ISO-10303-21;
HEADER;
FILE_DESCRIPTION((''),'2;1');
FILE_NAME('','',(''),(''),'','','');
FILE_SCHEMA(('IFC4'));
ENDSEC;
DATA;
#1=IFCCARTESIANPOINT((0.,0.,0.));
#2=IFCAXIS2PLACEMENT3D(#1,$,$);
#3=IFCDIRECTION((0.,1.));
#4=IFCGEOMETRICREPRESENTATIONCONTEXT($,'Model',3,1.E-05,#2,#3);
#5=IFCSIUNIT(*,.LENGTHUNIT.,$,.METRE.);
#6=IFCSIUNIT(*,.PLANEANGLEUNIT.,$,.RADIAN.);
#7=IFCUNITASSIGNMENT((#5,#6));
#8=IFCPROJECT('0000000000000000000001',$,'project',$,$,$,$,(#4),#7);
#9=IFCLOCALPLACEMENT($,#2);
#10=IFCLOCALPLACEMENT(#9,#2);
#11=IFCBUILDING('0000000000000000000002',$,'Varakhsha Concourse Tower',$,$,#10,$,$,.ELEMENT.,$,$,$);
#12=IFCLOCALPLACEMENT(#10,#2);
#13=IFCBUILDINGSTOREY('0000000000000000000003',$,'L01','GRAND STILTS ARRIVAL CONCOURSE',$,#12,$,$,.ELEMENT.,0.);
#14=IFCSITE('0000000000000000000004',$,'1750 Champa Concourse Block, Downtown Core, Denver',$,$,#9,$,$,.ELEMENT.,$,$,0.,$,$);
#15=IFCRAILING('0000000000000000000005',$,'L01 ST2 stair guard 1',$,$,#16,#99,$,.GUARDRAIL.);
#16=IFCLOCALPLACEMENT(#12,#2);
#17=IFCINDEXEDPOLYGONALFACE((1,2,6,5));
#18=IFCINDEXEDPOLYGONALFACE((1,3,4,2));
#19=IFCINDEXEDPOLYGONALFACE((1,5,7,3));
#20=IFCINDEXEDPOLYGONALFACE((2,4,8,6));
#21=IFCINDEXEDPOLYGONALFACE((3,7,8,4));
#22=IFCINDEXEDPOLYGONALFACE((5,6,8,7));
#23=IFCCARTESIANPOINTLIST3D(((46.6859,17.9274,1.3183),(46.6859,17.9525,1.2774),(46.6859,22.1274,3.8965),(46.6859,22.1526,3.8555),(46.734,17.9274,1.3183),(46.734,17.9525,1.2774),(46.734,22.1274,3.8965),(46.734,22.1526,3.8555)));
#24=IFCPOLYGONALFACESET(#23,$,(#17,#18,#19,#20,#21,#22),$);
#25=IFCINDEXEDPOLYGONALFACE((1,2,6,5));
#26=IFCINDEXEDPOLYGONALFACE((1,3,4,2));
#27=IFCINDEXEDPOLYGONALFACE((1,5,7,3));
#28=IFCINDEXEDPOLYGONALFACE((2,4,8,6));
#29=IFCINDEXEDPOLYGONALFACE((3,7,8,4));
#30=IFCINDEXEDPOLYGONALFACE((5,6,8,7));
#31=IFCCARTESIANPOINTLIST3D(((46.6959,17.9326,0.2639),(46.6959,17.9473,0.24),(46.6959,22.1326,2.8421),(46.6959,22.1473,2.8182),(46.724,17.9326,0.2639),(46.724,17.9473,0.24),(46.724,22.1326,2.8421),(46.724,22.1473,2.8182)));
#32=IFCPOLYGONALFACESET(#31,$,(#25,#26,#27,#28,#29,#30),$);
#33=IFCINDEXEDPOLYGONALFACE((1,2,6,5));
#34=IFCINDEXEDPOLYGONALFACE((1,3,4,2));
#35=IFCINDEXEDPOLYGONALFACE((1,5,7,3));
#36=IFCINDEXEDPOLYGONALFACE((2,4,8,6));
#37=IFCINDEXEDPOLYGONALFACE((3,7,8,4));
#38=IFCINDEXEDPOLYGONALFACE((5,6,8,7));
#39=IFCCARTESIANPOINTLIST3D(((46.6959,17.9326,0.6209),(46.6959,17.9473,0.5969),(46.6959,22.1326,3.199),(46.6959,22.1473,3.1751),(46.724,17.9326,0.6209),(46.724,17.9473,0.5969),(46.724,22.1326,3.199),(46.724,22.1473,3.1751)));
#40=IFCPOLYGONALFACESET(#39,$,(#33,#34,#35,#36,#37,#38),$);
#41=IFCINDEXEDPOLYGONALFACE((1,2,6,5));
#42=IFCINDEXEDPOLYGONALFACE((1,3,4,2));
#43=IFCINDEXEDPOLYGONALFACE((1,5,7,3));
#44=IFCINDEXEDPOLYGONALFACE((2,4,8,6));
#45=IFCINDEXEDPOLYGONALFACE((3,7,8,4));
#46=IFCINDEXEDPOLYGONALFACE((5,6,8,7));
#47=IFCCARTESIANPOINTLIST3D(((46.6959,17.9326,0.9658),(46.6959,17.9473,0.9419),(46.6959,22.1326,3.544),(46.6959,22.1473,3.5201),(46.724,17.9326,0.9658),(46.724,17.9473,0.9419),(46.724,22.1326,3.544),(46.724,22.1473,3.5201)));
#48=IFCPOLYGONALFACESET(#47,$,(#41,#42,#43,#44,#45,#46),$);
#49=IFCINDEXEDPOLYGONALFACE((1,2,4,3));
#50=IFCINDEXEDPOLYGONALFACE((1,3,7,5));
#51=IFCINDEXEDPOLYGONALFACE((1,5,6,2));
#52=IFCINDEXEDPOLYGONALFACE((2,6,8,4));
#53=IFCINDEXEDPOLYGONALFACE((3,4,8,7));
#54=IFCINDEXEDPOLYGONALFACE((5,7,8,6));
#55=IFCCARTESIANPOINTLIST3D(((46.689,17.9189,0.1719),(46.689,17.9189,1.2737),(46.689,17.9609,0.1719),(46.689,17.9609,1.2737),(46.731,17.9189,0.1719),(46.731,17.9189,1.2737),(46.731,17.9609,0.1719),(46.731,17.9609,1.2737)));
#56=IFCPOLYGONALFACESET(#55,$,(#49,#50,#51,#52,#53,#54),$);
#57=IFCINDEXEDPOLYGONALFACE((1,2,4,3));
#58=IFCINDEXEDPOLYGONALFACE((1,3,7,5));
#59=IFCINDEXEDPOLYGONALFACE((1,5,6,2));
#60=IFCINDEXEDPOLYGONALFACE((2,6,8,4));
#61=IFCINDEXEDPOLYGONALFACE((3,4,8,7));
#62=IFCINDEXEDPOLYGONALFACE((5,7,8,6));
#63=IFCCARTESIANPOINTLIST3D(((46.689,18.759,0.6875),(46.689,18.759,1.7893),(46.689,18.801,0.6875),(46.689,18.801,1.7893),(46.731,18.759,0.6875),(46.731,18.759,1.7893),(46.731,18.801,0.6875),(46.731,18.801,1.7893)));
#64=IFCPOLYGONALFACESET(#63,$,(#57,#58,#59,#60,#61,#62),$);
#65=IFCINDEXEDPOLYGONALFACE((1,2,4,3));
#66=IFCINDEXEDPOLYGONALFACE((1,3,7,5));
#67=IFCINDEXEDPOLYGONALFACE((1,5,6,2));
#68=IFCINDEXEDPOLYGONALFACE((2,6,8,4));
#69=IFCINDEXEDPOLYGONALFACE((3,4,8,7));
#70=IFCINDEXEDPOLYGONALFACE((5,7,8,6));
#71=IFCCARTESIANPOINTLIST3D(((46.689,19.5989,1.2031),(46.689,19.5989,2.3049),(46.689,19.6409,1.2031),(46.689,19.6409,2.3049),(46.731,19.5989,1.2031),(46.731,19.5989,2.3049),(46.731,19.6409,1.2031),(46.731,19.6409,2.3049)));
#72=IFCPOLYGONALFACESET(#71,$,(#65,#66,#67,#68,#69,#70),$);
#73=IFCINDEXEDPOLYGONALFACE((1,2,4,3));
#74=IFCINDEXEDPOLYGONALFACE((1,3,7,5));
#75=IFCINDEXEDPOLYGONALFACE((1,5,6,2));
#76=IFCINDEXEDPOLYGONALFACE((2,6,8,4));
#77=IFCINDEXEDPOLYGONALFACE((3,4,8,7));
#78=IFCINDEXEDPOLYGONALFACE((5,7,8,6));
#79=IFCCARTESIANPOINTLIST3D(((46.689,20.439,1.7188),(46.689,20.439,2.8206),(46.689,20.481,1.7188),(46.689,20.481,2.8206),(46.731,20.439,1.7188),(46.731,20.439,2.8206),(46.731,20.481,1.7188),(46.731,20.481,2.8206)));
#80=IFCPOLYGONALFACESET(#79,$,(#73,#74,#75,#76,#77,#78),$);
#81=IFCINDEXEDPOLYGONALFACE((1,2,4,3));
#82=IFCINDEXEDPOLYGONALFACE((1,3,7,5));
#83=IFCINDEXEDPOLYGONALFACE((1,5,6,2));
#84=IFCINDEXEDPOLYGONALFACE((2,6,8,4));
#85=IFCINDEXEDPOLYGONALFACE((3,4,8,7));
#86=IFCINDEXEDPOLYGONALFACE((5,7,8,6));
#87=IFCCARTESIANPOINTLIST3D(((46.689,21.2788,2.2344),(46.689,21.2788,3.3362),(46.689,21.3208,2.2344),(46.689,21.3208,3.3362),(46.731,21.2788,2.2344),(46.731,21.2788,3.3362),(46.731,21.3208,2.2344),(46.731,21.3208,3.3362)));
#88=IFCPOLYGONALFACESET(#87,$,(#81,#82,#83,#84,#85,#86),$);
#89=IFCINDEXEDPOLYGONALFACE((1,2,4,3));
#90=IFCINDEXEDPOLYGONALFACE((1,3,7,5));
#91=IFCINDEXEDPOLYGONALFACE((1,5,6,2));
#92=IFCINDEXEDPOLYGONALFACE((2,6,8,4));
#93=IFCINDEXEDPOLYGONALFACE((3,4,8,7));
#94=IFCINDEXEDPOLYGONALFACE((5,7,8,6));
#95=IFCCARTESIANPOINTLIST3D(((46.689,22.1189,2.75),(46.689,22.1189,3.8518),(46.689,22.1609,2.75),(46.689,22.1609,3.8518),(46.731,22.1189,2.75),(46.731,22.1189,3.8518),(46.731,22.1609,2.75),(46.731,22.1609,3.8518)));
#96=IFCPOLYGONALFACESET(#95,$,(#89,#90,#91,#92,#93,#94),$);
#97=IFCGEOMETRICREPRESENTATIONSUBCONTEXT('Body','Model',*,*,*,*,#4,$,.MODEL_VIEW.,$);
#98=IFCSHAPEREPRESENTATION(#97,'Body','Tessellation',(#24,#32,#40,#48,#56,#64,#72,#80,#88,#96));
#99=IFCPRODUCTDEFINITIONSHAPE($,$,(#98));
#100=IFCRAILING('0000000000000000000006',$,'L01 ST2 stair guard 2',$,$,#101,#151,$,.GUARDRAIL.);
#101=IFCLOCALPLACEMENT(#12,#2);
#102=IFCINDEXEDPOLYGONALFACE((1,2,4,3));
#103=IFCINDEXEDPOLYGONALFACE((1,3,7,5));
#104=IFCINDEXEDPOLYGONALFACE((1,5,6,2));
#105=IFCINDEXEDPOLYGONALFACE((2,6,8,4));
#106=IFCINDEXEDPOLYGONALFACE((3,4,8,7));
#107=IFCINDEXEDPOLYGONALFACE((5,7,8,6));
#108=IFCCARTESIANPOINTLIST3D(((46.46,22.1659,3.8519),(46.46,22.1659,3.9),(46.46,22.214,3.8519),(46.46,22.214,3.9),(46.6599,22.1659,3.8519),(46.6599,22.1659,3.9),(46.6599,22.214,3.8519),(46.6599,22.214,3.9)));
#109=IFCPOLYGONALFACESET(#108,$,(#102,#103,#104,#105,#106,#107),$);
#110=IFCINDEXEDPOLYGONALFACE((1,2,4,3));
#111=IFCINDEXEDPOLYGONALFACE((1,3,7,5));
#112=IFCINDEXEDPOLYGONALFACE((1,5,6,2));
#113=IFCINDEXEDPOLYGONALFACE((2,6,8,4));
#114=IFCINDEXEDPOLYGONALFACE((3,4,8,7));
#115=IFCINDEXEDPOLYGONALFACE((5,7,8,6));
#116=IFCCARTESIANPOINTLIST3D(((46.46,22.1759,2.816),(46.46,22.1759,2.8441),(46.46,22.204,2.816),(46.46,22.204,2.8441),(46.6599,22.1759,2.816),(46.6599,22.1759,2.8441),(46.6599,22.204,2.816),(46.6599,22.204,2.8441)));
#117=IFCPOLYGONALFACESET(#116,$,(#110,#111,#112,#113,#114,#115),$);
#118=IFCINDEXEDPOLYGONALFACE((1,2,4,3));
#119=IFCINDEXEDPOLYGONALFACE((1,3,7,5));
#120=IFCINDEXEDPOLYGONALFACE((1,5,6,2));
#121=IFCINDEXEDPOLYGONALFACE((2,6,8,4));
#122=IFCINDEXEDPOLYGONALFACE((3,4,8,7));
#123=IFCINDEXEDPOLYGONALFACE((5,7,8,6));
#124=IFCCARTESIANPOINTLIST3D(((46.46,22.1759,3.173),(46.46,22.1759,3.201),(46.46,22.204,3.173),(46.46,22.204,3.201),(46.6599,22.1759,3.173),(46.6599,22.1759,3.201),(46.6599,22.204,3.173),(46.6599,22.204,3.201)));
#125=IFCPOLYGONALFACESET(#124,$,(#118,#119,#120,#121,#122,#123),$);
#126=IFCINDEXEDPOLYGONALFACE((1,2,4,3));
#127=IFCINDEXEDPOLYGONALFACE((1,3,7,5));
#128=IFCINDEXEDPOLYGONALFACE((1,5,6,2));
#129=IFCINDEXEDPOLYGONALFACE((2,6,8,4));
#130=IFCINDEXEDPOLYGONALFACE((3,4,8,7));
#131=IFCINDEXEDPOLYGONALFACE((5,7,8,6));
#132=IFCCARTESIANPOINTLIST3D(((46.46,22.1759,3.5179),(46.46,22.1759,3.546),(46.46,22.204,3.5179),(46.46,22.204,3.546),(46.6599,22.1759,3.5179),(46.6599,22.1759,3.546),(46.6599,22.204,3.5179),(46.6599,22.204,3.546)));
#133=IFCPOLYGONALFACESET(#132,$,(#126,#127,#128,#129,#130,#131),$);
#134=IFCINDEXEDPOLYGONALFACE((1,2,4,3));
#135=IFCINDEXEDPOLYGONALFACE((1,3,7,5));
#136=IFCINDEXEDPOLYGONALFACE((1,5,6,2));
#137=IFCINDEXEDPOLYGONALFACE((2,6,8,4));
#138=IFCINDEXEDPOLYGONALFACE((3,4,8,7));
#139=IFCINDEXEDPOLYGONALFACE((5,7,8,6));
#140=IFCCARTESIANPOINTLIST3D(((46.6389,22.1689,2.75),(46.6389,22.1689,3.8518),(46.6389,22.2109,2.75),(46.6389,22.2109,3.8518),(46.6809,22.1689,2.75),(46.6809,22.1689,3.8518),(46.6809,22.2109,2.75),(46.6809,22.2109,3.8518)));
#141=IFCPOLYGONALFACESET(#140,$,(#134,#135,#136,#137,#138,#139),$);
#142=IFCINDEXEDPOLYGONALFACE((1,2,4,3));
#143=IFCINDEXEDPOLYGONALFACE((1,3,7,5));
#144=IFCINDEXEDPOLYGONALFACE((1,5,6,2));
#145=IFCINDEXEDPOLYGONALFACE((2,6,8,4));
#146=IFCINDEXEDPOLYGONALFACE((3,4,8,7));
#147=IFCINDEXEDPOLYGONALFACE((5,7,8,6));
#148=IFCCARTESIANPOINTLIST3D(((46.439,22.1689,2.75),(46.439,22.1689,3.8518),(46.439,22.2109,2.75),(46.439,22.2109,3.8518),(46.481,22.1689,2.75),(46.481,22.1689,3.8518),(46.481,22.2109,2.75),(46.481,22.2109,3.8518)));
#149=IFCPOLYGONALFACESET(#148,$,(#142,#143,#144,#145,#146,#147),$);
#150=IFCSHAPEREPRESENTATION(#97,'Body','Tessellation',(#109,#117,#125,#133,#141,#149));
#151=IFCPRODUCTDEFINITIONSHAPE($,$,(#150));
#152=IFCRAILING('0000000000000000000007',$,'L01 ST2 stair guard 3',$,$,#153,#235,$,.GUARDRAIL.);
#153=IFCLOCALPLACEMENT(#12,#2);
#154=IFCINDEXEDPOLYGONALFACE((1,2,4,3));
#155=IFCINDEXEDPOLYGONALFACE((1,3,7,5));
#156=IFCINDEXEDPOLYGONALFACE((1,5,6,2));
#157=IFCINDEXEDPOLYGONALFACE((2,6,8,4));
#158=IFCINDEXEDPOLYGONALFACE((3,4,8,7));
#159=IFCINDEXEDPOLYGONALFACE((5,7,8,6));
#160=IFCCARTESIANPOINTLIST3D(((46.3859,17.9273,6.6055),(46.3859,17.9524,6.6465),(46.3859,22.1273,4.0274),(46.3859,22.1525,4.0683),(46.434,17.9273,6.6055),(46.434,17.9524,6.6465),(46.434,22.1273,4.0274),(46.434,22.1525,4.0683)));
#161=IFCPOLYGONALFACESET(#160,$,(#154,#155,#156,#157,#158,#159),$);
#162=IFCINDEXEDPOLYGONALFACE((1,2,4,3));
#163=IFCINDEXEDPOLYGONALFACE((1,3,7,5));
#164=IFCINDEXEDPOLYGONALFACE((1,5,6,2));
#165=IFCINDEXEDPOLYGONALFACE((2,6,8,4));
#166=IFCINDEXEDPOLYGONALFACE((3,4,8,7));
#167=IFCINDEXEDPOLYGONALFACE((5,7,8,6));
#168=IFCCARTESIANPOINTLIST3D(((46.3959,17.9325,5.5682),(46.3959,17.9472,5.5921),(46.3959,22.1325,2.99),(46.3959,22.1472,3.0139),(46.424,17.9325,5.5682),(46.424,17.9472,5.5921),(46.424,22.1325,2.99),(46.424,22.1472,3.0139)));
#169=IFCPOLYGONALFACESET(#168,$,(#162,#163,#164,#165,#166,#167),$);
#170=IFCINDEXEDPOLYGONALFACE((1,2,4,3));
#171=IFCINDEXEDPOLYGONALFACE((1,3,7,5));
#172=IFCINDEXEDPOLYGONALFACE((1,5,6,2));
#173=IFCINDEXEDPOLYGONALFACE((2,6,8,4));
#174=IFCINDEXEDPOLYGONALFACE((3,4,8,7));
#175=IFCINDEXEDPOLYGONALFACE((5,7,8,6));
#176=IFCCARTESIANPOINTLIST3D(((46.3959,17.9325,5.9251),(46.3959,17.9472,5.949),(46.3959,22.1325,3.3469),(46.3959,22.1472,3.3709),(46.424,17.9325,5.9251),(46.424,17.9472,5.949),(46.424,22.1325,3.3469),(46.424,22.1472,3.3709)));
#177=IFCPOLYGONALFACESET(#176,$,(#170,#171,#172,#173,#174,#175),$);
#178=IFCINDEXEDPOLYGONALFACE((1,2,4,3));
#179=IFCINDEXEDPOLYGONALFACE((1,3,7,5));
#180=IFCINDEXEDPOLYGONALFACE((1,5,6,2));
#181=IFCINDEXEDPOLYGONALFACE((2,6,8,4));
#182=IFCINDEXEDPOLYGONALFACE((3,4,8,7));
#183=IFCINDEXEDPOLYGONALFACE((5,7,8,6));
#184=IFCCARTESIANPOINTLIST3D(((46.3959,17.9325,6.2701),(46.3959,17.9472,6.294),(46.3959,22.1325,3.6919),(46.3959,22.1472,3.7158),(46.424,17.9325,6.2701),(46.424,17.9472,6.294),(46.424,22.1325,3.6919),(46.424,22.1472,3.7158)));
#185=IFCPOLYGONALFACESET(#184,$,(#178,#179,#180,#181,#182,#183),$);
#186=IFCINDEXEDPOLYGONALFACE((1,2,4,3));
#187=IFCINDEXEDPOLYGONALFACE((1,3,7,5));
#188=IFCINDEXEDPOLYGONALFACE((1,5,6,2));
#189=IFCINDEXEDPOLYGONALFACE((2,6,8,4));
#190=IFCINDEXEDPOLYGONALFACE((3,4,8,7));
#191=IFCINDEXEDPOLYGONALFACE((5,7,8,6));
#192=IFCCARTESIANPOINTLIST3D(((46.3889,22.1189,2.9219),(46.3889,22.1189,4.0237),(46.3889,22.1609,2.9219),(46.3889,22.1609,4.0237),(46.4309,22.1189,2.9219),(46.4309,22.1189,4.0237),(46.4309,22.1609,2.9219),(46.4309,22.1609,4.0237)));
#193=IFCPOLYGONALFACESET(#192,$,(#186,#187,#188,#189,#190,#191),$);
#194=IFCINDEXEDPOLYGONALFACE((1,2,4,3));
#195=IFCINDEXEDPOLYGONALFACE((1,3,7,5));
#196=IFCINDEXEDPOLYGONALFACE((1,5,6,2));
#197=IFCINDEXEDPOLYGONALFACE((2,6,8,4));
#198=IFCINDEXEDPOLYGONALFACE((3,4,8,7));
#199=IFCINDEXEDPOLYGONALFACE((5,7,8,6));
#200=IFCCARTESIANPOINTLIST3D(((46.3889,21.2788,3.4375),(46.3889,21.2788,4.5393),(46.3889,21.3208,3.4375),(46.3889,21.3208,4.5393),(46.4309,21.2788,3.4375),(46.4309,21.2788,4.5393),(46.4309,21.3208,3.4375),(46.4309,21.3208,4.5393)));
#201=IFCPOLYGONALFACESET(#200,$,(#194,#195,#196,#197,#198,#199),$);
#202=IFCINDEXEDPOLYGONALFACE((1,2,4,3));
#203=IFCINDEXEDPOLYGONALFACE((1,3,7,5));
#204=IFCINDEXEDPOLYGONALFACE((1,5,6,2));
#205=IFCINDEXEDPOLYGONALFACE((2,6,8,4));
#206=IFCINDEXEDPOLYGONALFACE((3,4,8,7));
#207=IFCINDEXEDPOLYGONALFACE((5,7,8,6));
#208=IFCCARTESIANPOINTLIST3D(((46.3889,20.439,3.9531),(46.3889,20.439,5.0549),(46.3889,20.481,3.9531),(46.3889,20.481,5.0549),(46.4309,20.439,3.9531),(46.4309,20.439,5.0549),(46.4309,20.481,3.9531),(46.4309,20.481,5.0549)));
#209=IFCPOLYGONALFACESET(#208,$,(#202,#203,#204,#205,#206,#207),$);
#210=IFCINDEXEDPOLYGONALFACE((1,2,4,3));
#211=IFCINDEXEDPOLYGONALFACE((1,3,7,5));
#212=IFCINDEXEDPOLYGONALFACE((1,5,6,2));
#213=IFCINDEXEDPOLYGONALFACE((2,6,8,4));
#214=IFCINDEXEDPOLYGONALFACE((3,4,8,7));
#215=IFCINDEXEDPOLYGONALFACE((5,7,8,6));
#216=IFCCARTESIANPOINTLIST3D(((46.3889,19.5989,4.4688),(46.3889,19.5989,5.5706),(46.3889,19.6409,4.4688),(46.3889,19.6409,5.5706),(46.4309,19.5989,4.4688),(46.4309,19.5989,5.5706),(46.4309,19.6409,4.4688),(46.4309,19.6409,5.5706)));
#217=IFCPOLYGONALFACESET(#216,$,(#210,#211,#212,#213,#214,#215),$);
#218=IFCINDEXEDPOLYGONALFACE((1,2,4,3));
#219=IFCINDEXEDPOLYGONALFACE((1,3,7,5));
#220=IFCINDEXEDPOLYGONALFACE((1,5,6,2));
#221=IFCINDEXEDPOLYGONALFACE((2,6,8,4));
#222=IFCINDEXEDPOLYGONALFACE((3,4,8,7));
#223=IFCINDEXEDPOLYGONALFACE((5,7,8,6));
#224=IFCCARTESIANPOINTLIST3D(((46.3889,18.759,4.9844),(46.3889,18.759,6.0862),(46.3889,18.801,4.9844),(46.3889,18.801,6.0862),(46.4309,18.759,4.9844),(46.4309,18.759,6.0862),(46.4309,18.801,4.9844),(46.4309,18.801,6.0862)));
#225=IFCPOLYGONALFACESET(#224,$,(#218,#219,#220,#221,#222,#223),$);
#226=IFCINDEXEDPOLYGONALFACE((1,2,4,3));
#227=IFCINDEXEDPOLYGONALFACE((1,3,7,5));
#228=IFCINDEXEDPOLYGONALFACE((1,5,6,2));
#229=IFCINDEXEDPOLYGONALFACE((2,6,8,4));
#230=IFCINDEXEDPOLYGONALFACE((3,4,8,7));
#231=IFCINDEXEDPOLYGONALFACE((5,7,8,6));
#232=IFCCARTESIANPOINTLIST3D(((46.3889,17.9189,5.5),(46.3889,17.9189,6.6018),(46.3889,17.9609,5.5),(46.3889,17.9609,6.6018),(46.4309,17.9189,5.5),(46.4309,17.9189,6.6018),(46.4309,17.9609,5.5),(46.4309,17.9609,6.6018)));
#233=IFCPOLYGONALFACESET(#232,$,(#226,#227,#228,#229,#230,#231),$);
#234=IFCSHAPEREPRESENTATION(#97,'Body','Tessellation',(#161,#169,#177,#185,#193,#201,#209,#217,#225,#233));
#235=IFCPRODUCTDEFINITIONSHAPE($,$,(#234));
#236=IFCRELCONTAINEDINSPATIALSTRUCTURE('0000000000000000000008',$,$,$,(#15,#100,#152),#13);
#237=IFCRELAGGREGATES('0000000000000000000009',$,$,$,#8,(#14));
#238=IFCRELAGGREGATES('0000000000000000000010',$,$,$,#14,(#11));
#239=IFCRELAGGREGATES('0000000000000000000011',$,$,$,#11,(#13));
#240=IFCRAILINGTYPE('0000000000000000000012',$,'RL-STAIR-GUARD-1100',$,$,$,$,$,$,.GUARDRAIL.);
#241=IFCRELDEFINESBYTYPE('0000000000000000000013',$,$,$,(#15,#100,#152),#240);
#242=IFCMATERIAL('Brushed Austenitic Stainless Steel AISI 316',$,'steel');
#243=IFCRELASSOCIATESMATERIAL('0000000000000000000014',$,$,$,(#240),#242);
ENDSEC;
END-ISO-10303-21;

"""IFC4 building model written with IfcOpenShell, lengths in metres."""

from ifc_helpers import new_model, si_unit, direction, frame, origin, origin_2d, place, context, subcontext, project, spatial, rectangle, extrude, material, type_object, element, save


model = new_model("IFC4")

# Units and contexts
model_context = context("Model", 3, precision=1e-05, world=origin(), true_north=direction((0.0, 1.0)))
body_context = subcontext(model_context, "Body", "Model", "MODEL_VIEW")
ifc_project = project(units=[si_unit("LENGTHUNIT", "METRE"), si_unit("PLANEANGLEUNIT", "RADIAN")], contexts=[model_context])

# Site, building, storey
site_placement = place(None, origin())
site = spatial("IfcSite", under=ifc_project, at=site_placement, Name="1750 Champa Concourse Block, Downtown Core, Denver", CompositionType="ELEMENT", RefElevation=0.0)
building_placement = place(site_placement, origin())
building = spatial("IfcBuilding", under=site, at=building_placement, Name="Varakhsha Concourse Tower", CompositionType="ELEMENT")
storey_placement = place(building_placement, origin())
storey = spatial("IfcBuildingStorey", under=building, at=storey_placement, Name="L01", Description="GRAND STILTS ARRIVAL CONCOURSE", CompositionType="ELEMENT", Elevation=0.0)

# Railings
ifc_material_1 = material(Name="Brushed Austenitic Stainless Steel AISI 316", Category="steel")
railing_type_1 = type_object("IfcRailingType", Name="RL-STAIR-GUARD-1100", PredefinedType="GUARDRAIL", material=ifc_material_1)
railing_1_placement = place(storey_placement, frame((46.71, 17.9399, 0.1719)))
element("IfcRailing", 1, at=railing_1_placement, inside=storey, type_object=railing_type_1, Name="L01 ST2 stair guard 1", PredefinedType="GUARDRAIL", context=body_context, shape_type="SweptSolid", body=[
    extrude(rectangle(XDim=0.0481, YDim=0.0481, at=origin_2d()), frame((0.0, 0.0, 1.126), z_axis=(0.0, 0.852243, 0.523146), x_axis=(-1.0, 0.0, 0.0)), (0.0, 0.0, 1.0), 4.9282),
    extrude(rectangle(XDim=0.0281, YDim=0.0281, at=origin_2d()), frame((0.0, 0.0, 0.0801), z_axis=(0.0, 0.852243, 0.523146), x_axis=(-1.0, 0.0, 0.0)), (0.0, 0.0, 1.0), 4.9282),
    extrude(rectangle(XDim=0.0281, YDim=0.0281, at=origin_2d()), frame((0.0, 0.0, 0.437), z_axis=(0.0, 0.852243, 0.523146), x_axis=(-1.0, 0.0, 0.0)), (0.0, 0.0, 1.0), 4.9282),
    extrude(rectangle(XDim=0.0281, YDim=0.0281, at=origin_2d()), frame((0.0, 0.0, 0.782), z_axis=(0.0, 0.852243, 0.523146), x_axis=(-1.0, 0.0, 0.0)), (0.0, 0.0, 1.0), 4.9282),
    extrude(rectangle(XDim=0.042, YDim=0.042, at=origin_2d()), origin(), (0.0, 0.0, 1.0), 1.1018),
    extrude(rectangle(XDim=0.042, YDim=0.042, at=origin_2d()), frame((0.0, 0.8401, 0.5156)), (0.0, 0.0, 1.0), 1.1018),
    extrude(rectangle(XDim=0.042, YDim=0.042, at=origin_2d()), frame((0.0, 1.6799, 1.0312)), (0.0, 0.0, 1.0), 1.1018),
    extrude(rectangle(XDim=0.042, YDim=0.042, at=origin_2d()), frame((0.0, 2.52, 1.5469)), (0.0, 0.0, 1.0), 1.1018),
    extrude(rectangle(XDim=0.042, YDim=0.042, at=origin_2d()), frame((0.0, 3.3599, 2.0625)), (0.0, 0.0, 1.0), 1.1018),
    extrude(rectangle(XDim=0.042, YDim=0.042, at=origin_2d()), frame((0.0, 4.2, 2.5781)), (0.0, 0.0, 1.0), 1.1018),
])
railing_2_placement = place(storey_placement, frame((46.6599, 22.1899, 2.75)))
element("IfcRailing", 2, at=railing_2_placement, inside=storey, type_object=railing_type_1, Name="L01 ST2 stair guard 2", PredefinedType="GUARDRAIL", context=body_context, shape_type="SweptSolid", body=[
    extrude(rectangle(XDim=0.0481, YDim=0.0481, at=origin_2d()), frame((0.0, 0.0, 1.126), z_axis=(-1.0, 0.0, 0.0), x_axis=(0.0, -1.0, 0.0)), (0.0, 0.0, 1.0), 0.2),
    extrude(rectangle(XDim=0.0281, YDim=0.0281, at=origin_2d()), frame((0.0, 0.0, 0.0801), z_axis=(-1.0, 0.0, 0.0), x_axis=(0.0, -1.0, 0.0)), (0.0, 0.0, 1.0), 0.2),
    extrude(rectangle(XDim=0.0281, YDim=0.0281, at=origin_2d()), frame((0.0, 0.0, 0.437), z_axis=(-1.0, 0.0, 0.0), x_axis=(0.0, -1.0, 0.0)), (0.0, 0.0, 1.0), 0.2),
    extrude(rectangle(XDim=0.0281, YDim=0.0281, at=origin_2d()), frame((0.0, 0.0, 0.782), z_axis=(-1.0, 0.0, 0.0), x_axis=(0.0, -1.0, 0.0)), (0.0, 0.0, 1.0), 0.2),
    extrude(rectangle(XDim=0.042, YDim=0.042, at=origin_2d()), origin(), (0.0, 0.0, 1.0), 1.1018),
    extrude(rectangle(XDim=0.042, YDim=0.042, at=origin_2d()), frame((-0.2, 0.0, 0.0)), (0.0, 0.0, 1.0), 1.1018),
])
railing_3_placement = place(storey_placement, frame((46.4099, 22.1399, 2.9219)))
element("IfcRailing", 3, at=railing_3_placement, inside=storey, type_object=railing_type_1, Name="L01 ST2 stair guard 3", PredefinedType="GUARDRAIL", context=body_context, shape_type="SweptSolid", body=[
    extrude(rectangle(XDim=0.0481, YDim=0.0481, at=origin_2d()), frame((0.0, 0.0, 1.126), z_axis=(0.0, -0.852243, 0.523146), x_axis=(1.0, 0.0, 0.0)), (0.0, 0.0, 1.0), 4.9282),
    extrude(rectangle(XDim=0.0281, YDim=0.0281, at=origin_2d()), frame((0.0, 0.0, 0.0801), z_axis=(0.0, -0.852243, 0.523146), x_axis=(1.0, 0.0, 0.0)), (0.0, 0.0, 1.0), 4.9282),
    extrude(rectangle(XDim=0.0281, YDim=0.0281, at=origin_2d()), frame((0.0, 0.0, 0.437), z_axis=(0.0, -0.852243, 0.523146), x_axis=(1.0, 0.0, 0.0)), (0.0, 0.0, 1.0), 4.9282),
    extrude(rectangle(XDim=0.0281, YDim=0.0281, at=origin_2d()), frame((0.0, 0.0, 0.782), z_axis=(0.0, -0.852243, 0.523146), x_axis=(1.0, 0.0, 0.0)), (0.0, 0.0, 1.0), 4.9282),
    extrude(rectangle(XDim=0.042, YDim=0.042, at=origin_2d()), origin(), (0.0, 0.0, 1.0), 1.1018),
    extrude(rectangle(XDim=0.042, YDim=0.042, at=origin_2d()), frame((0.0, -0.8401, 0.5156)), (0.0, 0.0, 1.0), 1.1018),
    extrude(rectangle(XDim=0.042, YDim=0.042, at=origin_2d()), frame((0.0, -1.6799, 1.0312)), (0.0, 0.0, 1.0), 1.1018),
    extrude(rectangle(XDim=0.042, YDim=0.042, at=origin_2d()), frame((0.0, -2.52, 1.5469)), (0.0, 0.0, 1.0), 1.1018),
    extrude(rectangle(XDim=0.042, YDim=0.042, at=origin_2d()), frame((0.0, -3.3599, 2.0625)), (0.0, 0.0, 1.0), 1.1018),
    extrude(rectangle(XDim=0.042, YDim=0.042, at=origin_2d()), frame((0.0, -4.2, 2.5781)), (0.0, 0.0, 1.0), 1.1018),
])

save(model, "model.ifc")
